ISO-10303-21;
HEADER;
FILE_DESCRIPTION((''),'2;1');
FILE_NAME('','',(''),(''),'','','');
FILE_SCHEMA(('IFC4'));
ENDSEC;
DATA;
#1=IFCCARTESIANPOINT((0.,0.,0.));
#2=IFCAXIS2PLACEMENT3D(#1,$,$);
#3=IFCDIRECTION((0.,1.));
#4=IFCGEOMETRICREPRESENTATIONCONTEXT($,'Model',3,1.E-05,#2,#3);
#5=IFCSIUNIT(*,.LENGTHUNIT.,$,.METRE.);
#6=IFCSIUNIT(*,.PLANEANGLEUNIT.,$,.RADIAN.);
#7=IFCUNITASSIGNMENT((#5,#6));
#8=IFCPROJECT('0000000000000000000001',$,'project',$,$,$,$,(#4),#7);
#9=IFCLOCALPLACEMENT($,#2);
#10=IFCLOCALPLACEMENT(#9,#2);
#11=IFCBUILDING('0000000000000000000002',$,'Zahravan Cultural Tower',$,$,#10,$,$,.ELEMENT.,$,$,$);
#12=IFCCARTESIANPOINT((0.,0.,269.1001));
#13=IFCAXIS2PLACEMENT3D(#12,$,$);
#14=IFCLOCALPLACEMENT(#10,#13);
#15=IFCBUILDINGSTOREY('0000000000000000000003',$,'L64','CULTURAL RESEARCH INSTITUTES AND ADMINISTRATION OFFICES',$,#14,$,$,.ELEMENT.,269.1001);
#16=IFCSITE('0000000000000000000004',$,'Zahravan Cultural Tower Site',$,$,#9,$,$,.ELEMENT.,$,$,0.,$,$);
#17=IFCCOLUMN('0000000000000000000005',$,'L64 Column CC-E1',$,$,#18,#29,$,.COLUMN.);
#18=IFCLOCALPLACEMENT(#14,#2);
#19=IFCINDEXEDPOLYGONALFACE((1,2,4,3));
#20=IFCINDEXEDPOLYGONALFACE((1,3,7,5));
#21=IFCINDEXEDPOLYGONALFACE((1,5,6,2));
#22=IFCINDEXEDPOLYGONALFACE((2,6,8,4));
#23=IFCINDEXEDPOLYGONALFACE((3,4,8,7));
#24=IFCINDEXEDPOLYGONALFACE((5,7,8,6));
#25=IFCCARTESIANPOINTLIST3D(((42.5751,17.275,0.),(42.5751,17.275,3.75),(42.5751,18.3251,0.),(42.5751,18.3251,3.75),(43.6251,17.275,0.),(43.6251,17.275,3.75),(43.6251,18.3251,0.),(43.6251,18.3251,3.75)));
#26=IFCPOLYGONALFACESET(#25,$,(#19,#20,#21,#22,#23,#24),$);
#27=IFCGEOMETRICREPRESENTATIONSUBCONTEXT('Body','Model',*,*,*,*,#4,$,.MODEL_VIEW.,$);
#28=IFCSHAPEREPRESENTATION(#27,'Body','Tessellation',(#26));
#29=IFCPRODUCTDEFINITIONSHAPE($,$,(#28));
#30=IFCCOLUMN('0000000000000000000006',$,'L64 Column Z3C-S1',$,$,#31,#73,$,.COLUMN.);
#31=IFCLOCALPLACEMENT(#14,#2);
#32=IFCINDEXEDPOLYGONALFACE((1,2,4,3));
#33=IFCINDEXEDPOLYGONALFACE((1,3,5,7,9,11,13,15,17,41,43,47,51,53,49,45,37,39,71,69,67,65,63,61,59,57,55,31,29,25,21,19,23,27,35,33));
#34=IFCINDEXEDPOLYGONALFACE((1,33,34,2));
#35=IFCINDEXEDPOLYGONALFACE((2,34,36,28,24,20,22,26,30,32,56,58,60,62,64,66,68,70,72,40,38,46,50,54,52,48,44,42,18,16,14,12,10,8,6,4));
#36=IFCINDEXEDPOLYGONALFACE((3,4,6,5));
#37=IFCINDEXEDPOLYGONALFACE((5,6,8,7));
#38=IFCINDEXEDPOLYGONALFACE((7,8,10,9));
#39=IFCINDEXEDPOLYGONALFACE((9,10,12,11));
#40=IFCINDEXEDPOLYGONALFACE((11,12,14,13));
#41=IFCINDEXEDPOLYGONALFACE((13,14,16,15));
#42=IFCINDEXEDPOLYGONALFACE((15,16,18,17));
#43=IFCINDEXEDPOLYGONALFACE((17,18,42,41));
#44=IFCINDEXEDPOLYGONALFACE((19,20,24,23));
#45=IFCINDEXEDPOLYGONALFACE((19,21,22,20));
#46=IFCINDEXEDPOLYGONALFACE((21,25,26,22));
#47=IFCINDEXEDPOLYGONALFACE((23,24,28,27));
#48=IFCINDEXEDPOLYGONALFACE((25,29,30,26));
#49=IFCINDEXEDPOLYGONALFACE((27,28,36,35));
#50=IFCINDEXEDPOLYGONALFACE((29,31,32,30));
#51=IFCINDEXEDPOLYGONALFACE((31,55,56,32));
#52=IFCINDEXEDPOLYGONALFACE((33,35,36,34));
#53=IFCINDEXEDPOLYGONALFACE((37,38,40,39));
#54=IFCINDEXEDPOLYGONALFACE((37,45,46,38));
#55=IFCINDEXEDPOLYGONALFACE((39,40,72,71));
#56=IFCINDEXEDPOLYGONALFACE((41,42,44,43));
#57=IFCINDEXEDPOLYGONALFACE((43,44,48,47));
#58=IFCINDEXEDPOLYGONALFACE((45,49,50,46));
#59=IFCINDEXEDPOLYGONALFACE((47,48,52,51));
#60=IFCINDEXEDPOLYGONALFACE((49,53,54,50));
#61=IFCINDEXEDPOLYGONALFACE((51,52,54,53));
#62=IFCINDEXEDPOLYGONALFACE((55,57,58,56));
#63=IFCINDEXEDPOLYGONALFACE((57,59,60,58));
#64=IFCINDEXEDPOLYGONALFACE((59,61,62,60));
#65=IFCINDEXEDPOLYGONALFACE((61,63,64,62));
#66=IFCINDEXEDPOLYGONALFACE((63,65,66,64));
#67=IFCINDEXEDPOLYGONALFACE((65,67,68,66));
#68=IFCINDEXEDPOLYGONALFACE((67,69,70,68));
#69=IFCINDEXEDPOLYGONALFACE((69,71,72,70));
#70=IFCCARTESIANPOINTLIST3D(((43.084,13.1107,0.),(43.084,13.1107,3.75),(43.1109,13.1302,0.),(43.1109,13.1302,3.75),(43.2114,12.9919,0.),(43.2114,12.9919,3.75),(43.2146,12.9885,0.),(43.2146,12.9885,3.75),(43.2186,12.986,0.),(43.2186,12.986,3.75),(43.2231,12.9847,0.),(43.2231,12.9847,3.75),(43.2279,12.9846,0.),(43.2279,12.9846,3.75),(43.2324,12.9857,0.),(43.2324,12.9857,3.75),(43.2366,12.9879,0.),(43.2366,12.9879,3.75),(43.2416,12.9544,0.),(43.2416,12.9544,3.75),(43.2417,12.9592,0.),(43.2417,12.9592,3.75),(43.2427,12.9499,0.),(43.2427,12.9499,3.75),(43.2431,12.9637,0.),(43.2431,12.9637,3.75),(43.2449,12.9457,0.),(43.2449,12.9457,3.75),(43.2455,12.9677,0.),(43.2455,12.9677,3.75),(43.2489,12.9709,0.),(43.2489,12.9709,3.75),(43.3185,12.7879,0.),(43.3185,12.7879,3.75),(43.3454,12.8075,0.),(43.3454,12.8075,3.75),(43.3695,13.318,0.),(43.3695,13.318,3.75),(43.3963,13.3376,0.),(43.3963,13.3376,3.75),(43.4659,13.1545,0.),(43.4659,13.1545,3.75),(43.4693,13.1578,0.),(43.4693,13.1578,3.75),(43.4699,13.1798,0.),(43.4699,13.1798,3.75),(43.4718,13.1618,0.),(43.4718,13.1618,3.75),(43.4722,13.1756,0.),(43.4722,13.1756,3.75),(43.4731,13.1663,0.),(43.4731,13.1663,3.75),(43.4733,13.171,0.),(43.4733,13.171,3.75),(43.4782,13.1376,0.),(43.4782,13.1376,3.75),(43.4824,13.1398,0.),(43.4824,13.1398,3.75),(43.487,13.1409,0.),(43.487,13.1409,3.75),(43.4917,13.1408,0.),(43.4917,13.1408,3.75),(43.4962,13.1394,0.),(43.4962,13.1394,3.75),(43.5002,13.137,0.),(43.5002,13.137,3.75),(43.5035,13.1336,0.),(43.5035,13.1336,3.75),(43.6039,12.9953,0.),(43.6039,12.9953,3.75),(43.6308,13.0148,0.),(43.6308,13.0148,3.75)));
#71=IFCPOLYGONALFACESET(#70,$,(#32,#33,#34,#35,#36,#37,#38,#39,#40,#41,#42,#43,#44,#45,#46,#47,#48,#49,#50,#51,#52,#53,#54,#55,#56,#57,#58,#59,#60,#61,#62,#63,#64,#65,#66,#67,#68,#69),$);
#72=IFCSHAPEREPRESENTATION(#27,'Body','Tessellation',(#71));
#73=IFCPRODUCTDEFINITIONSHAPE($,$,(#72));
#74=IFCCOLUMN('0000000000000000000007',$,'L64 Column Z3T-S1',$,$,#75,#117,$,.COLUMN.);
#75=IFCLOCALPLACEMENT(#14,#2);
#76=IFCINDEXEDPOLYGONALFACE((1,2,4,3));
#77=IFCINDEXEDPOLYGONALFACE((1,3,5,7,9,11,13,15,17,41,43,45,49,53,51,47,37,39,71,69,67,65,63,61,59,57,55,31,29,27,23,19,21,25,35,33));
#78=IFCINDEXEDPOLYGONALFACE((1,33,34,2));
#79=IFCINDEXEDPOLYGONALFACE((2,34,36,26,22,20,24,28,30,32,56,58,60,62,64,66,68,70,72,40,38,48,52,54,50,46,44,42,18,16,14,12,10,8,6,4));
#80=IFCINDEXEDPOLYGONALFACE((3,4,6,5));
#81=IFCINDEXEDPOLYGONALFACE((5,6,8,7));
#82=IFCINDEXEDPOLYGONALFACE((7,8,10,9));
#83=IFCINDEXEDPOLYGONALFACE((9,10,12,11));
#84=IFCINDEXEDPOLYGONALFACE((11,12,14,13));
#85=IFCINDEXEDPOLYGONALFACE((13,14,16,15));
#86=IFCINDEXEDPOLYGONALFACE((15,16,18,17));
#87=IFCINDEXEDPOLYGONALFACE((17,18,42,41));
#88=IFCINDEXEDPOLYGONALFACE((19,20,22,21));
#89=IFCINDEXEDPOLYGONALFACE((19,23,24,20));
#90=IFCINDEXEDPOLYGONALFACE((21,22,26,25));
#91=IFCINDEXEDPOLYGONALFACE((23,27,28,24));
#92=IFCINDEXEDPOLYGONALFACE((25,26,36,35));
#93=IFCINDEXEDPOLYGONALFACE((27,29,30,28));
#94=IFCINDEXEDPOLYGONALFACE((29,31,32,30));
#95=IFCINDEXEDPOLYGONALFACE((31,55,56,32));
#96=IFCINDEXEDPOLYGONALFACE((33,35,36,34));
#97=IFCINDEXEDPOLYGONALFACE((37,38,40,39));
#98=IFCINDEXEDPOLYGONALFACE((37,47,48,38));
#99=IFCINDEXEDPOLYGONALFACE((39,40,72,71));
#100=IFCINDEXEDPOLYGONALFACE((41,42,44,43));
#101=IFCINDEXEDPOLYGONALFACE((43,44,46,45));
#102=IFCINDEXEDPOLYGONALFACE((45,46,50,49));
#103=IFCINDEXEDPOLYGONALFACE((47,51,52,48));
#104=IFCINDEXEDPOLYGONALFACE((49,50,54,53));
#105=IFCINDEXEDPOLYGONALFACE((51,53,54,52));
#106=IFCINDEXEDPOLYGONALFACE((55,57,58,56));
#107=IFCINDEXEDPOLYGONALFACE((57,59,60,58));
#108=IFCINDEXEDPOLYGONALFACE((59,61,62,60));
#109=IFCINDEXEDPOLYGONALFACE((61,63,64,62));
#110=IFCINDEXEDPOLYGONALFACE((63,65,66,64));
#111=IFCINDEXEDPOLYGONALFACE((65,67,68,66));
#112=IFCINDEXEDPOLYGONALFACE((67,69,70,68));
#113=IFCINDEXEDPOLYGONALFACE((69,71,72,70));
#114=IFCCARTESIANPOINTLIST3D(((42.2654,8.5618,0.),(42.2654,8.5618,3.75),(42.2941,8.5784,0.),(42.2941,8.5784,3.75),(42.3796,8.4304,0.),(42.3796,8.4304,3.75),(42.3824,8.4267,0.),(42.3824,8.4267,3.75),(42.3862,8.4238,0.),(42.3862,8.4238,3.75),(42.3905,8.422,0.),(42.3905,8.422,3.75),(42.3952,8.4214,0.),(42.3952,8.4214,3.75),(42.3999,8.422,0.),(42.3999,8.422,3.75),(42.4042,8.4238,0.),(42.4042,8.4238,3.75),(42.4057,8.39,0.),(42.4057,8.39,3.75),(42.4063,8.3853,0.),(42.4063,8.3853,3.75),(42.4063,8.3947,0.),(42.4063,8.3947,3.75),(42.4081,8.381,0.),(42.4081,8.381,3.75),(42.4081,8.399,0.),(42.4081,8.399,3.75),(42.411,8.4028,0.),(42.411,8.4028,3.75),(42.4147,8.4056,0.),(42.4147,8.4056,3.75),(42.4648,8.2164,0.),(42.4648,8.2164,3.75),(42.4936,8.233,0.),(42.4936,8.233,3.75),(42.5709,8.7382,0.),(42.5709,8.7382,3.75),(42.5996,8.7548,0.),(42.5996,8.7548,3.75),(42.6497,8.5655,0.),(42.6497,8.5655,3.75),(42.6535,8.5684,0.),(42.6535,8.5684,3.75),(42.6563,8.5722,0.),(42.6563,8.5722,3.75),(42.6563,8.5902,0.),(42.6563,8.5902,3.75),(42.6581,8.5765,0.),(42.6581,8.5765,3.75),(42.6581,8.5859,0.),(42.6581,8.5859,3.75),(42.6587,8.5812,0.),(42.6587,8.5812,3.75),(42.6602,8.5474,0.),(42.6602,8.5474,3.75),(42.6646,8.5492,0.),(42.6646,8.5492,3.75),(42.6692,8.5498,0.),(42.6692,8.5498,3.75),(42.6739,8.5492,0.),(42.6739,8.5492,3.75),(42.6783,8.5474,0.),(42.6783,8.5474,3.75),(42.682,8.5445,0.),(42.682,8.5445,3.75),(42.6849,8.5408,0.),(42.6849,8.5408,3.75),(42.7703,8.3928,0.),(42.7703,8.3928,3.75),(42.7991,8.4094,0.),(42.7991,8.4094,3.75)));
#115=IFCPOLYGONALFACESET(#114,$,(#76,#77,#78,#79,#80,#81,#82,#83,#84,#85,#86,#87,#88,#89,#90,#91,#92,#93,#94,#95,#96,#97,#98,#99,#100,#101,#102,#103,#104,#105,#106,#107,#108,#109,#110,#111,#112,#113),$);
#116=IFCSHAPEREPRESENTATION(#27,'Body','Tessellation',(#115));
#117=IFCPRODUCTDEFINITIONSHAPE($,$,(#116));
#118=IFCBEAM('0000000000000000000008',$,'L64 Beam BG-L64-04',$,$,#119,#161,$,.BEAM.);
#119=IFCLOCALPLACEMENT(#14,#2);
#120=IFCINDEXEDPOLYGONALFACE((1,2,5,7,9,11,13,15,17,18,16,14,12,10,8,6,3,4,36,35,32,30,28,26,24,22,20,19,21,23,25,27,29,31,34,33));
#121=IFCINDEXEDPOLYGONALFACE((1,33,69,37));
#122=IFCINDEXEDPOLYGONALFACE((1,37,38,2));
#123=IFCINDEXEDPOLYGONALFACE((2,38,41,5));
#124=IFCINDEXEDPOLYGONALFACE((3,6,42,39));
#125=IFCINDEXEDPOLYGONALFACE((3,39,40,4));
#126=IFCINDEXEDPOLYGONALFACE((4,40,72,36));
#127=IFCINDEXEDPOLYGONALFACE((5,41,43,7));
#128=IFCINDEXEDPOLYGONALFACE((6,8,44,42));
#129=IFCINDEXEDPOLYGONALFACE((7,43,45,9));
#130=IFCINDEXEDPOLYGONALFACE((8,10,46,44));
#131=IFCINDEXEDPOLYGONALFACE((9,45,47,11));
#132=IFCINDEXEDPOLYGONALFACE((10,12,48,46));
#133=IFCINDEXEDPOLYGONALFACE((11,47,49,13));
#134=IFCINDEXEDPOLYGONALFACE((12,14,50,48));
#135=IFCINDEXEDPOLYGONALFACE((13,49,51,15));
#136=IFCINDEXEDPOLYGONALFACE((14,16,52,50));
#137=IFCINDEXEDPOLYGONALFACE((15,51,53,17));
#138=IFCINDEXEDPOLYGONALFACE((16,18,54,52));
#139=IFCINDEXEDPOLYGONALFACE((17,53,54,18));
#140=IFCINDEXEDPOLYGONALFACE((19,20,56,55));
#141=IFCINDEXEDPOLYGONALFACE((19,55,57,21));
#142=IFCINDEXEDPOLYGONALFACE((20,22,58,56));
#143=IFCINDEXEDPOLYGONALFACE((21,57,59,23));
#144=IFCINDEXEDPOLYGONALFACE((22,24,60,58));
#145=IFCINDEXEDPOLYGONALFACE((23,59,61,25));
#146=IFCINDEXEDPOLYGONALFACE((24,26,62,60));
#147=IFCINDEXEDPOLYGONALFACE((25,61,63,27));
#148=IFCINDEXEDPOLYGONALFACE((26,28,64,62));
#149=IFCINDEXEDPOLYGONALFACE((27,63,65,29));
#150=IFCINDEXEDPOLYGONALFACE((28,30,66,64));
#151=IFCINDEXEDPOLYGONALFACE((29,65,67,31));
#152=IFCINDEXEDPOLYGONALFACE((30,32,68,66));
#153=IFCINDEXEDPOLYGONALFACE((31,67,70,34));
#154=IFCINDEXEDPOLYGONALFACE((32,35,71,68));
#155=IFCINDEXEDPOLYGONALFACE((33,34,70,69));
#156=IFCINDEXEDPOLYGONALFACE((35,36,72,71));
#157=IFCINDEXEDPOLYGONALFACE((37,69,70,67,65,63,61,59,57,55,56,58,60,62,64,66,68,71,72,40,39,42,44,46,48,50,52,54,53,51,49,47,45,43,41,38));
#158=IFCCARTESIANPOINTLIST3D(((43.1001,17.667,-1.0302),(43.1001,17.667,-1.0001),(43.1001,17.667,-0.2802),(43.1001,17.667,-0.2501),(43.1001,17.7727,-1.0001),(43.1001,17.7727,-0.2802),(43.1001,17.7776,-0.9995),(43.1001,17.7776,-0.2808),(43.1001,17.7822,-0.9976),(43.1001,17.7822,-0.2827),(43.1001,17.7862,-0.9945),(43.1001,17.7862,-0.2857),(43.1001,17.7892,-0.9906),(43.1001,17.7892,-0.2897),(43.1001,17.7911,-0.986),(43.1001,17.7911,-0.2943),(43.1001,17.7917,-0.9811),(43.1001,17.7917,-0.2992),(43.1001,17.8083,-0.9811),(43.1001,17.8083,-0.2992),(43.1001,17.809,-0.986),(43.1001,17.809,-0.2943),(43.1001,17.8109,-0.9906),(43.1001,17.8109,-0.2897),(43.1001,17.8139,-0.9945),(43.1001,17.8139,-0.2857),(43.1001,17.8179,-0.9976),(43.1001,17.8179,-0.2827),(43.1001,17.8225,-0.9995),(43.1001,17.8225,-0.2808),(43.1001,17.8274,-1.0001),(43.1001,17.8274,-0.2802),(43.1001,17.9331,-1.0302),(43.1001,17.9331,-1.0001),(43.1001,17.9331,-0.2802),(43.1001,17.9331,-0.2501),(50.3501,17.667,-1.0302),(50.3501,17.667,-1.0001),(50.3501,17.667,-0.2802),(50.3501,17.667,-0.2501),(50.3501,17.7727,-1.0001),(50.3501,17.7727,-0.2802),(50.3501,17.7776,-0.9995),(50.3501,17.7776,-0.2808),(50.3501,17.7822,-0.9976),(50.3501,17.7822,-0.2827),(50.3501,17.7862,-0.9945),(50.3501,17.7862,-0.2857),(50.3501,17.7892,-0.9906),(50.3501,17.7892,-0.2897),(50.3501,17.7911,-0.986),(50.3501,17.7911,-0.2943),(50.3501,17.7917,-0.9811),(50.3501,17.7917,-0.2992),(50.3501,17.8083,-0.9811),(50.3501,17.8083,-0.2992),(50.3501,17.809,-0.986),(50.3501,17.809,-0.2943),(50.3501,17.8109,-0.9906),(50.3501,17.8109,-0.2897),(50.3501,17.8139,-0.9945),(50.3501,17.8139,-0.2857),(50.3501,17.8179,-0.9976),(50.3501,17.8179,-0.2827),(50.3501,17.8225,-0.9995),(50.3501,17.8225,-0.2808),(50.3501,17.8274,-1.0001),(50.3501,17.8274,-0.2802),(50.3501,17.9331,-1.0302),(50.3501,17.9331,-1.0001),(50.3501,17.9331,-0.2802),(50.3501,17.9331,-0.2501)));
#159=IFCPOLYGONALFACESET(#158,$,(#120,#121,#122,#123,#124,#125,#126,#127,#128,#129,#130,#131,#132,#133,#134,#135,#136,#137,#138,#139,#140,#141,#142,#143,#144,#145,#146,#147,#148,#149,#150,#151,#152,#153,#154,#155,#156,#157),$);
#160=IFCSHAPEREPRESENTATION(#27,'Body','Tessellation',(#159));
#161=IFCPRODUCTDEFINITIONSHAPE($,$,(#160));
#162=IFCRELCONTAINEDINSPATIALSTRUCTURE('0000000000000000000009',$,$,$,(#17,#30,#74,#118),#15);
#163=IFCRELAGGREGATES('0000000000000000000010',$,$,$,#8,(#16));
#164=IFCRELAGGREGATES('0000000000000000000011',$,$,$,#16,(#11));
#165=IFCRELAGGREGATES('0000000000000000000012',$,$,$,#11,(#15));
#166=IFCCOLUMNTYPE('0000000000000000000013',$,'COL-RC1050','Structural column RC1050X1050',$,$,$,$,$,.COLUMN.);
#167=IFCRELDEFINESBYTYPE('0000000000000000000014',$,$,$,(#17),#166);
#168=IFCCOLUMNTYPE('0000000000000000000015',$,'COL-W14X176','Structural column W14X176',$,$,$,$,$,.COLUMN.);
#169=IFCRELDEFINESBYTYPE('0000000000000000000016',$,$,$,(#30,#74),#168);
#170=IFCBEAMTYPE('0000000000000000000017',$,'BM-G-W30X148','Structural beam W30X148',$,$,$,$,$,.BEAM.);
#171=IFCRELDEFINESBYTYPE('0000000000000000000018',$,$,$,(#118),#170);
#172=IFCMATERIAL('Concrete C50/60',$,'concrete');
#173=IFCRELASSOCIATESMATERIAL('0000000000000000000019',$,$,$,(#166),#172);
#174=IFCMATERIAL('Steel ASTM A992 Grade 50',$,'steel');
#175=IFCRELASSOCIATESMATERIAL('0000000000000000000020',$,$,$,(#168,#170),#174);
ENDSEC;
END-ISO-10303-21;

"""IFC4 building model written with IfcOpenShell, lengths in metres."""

from ifc_helpers import new_model, si_unit, direction, frame, origin, origin_2d, place, context, subcontext, project, spatial, rectangle, i_section, extrude, source, transform, mapped, material, material_profile, profile_set, type_object, element, save


model = new_model("IFC4")

# Units and contexts
model_context = context("Model", 3, precision=1e-05, world=origin(), true_north=direction((0.0, 1.0)))
body_context = subcontext(model_context, "Body", "Model", "MODEL_VIEW")
ifc_project = project(units=[si_unit("LENGTHUNIT", "METRE"), si_unit("PLANEANGLEUNIT", "RADIAN")], contexts=[model_context])

# Site, building, storey
site_placement = place(None, origin())
site = spatial("IfcSite", under=ifc_project, at=site_placement, Name="Zahravan Cultural Tower Site", CompositionType="ELEMENT", RefElevation=0.0)
building_placement = place(site_placement, origin())
building = spatial("IfcBuilding", under=site, at=building_placement, Name="Zahravan Cultural Tower", CompositionType="ELEMENT")
storey_placement = place(building_placement, frame((0.0, 0.0, 269.1001)))
storey = spatial("IfcBuildingStorey", under=building, at=storey_placement, Name="L64", Description="CULTURAL RESEARCH INSTITUTES AND ADMINISTRATION OFFICES", CompositionType="ELEMENT", Elevation=269.1001)

# Columns
ifc_material_1 = material(Name="Concrete C50/60", Category="concrete")
ifc_material_profile_1 = material_profile(ifc_material_1, rectangle(XDim=1.05, YDim=1.05, at=origin_2d()), Name="RC1050X1050")
ifc_profile_set_1 = profile_set([ifc_material_profile_1], Name="Concrete C50/60")
column_type_1 = type_object("IfcColumnType", Name="COL-RC1050", Description="Structural column RC1050X1050", PredefinedType="COLUMN", material=ifc_profile_set_1)
shared_shape_1 = source(origin(), body_context, "Body", "SweptSolid", [
    extrude(rectangle(XDim=1.05, YDim=1.05, at=origin_2d()), origin(), (0.0, 0.0, 1.0), 3.75),
])
column_placement = place(storey_placement, frame((43.1001, 17.8, 0.0), z_axis=(0.0, 0.0, 1.0), x_axis=(1.0, 0.0, 0.0)))
element("IfcColumn", 1, at=column_placement, inside=storey, type_object=column_type_1, Name="L64 Column CC-E1", PredefinedType="COLUMN", context=body_context, shape_type="MappedRepresentation", body=[
    mapped(shared_shape_1, transform((0.0, 0.0, 0.0), x_axis=(1.0, 0.0, 0.0), y_axis=(0.0, 1.0, 0.0), z_axis=(0.0, 0.0, 1.0), scale=1.0)),
])
ifc_material_2 = material(Name="Steel ASTM A992 Grade 50", Category="steel")
ifc_material_profile_2 = material_profile(ifc_material_2, i_section(OverallWidth=0.3989, OverallDepth=0.386, WebThickness=0.021, FlangeThickness=0.0332, FilletRadius=0.0181, at=origin_2d()), Name="W14X176")
ifc_profile_set_2 = profile_set([ifc_material_profile_2], Name="Steel ASTM A992 Grade 50")
column_type_2 = type_object("IfcColumnType", Name="COL-W14X176", Description="Structural column W14X176", PredefinedType="COLUMN", material=ifc_profile_set_2)
shared_shape_2 = source(origin(), body_context, "Body", "SweptSolid", [
    extrude(i_section(OverallWidth=0.3989, OverallDepth=0.386, WebThickness=0.021, FlangeThickness=0.0332, FilletRadius=0.0181, at=origin_2d()), origin(), (0.0, 0.0, 1.0), 3.75),
])
for number, where, z_axis, x_axis, name in (
    (2, (43.3574, 13.0627, 0.0), (0.0, 0.0, 1.0), (-0.587785, 0.809017, 0.0), "L64 Column Z3C-S1"),
    (3, (42.5322, 8.4856, 0.0), (0.0, 0.0, 1.0), (-0.5, 0.866025, 0.0), "L64 Column Z3T-S1"),
):
    element("IfcColumn", number, at=place(storey_placement, frame(where, z_axis=z_axis, x_axis=x_axis)), inside=storey, type_object=column_type_2, Name=name, PredefinedType="COLUMN", context=body_context, shape_type="MappedRepresentation", body=[
        mapped(shared_shape_2, transform((0.0, 0.0, 0.0), x_axis=(1.0, 0.0, 0.0), y_axis=(0.0, 1.0, 0.0), z_axis=(0.0, 0.0, 1.0), scale=1.0)),
    ])

# Beam
ifc_material_profile_3 = material_profile(ifc_material_2, i_section(OverallWidth=0.2661, OverallDepth=0.78, WebThickness=0.0166, FlangeThickness=0.03, FilletRadius=0.019, at=origin_2d()), Name="W30X148")
ifc_profile_set_3 = profile_set([ifc_material_profile_3], Name="Steel ASTM A992 Grade 50")
beam_type_1 = type_object("IfcBeamType", Name="BM-G-W30X148", Description="Structural beam W30X148", PredefinedType="BEAM", material=ifc_profile_set_3)
shared_shape_3 = source(origin(), body_context, "Body", "SweptSolid", [
    extrude(i_section(OverallWidth=0.2661, OverallDepth=0.78, WebThickness=0.0166, FlangeThickness=0.03, FilletRadius=0.019, at=origin_2d()), origin(), (0.0, 0.0, 1.0), 7.25),
])
beam_1_placement = place(storey_placement, frame((43.1001, 17.8, -0.6401), z_axis=(1.0, 0.0, 0.0), x_axis=(0.0, 1.0, 0.0)))
element("IfcBeam", 4, at=beam_1_placement, inside=storey, type_object=beam_type_1, Name="L64 Beam BG-L64-04", PredefinedType="BEAM", context=body_context, shape_type="MappedRepresentation", body=[
    mapped(shared_shape_3, transform((0.0, 0.0, 0.0), x_axis=(1.0, 0.0, 0.0), y_axis=(0.0, 1.0, 0.0), z_axis=(0.0, 0.0, 1.0), scale=1.0)),
])

save(model, "model.ifc")
